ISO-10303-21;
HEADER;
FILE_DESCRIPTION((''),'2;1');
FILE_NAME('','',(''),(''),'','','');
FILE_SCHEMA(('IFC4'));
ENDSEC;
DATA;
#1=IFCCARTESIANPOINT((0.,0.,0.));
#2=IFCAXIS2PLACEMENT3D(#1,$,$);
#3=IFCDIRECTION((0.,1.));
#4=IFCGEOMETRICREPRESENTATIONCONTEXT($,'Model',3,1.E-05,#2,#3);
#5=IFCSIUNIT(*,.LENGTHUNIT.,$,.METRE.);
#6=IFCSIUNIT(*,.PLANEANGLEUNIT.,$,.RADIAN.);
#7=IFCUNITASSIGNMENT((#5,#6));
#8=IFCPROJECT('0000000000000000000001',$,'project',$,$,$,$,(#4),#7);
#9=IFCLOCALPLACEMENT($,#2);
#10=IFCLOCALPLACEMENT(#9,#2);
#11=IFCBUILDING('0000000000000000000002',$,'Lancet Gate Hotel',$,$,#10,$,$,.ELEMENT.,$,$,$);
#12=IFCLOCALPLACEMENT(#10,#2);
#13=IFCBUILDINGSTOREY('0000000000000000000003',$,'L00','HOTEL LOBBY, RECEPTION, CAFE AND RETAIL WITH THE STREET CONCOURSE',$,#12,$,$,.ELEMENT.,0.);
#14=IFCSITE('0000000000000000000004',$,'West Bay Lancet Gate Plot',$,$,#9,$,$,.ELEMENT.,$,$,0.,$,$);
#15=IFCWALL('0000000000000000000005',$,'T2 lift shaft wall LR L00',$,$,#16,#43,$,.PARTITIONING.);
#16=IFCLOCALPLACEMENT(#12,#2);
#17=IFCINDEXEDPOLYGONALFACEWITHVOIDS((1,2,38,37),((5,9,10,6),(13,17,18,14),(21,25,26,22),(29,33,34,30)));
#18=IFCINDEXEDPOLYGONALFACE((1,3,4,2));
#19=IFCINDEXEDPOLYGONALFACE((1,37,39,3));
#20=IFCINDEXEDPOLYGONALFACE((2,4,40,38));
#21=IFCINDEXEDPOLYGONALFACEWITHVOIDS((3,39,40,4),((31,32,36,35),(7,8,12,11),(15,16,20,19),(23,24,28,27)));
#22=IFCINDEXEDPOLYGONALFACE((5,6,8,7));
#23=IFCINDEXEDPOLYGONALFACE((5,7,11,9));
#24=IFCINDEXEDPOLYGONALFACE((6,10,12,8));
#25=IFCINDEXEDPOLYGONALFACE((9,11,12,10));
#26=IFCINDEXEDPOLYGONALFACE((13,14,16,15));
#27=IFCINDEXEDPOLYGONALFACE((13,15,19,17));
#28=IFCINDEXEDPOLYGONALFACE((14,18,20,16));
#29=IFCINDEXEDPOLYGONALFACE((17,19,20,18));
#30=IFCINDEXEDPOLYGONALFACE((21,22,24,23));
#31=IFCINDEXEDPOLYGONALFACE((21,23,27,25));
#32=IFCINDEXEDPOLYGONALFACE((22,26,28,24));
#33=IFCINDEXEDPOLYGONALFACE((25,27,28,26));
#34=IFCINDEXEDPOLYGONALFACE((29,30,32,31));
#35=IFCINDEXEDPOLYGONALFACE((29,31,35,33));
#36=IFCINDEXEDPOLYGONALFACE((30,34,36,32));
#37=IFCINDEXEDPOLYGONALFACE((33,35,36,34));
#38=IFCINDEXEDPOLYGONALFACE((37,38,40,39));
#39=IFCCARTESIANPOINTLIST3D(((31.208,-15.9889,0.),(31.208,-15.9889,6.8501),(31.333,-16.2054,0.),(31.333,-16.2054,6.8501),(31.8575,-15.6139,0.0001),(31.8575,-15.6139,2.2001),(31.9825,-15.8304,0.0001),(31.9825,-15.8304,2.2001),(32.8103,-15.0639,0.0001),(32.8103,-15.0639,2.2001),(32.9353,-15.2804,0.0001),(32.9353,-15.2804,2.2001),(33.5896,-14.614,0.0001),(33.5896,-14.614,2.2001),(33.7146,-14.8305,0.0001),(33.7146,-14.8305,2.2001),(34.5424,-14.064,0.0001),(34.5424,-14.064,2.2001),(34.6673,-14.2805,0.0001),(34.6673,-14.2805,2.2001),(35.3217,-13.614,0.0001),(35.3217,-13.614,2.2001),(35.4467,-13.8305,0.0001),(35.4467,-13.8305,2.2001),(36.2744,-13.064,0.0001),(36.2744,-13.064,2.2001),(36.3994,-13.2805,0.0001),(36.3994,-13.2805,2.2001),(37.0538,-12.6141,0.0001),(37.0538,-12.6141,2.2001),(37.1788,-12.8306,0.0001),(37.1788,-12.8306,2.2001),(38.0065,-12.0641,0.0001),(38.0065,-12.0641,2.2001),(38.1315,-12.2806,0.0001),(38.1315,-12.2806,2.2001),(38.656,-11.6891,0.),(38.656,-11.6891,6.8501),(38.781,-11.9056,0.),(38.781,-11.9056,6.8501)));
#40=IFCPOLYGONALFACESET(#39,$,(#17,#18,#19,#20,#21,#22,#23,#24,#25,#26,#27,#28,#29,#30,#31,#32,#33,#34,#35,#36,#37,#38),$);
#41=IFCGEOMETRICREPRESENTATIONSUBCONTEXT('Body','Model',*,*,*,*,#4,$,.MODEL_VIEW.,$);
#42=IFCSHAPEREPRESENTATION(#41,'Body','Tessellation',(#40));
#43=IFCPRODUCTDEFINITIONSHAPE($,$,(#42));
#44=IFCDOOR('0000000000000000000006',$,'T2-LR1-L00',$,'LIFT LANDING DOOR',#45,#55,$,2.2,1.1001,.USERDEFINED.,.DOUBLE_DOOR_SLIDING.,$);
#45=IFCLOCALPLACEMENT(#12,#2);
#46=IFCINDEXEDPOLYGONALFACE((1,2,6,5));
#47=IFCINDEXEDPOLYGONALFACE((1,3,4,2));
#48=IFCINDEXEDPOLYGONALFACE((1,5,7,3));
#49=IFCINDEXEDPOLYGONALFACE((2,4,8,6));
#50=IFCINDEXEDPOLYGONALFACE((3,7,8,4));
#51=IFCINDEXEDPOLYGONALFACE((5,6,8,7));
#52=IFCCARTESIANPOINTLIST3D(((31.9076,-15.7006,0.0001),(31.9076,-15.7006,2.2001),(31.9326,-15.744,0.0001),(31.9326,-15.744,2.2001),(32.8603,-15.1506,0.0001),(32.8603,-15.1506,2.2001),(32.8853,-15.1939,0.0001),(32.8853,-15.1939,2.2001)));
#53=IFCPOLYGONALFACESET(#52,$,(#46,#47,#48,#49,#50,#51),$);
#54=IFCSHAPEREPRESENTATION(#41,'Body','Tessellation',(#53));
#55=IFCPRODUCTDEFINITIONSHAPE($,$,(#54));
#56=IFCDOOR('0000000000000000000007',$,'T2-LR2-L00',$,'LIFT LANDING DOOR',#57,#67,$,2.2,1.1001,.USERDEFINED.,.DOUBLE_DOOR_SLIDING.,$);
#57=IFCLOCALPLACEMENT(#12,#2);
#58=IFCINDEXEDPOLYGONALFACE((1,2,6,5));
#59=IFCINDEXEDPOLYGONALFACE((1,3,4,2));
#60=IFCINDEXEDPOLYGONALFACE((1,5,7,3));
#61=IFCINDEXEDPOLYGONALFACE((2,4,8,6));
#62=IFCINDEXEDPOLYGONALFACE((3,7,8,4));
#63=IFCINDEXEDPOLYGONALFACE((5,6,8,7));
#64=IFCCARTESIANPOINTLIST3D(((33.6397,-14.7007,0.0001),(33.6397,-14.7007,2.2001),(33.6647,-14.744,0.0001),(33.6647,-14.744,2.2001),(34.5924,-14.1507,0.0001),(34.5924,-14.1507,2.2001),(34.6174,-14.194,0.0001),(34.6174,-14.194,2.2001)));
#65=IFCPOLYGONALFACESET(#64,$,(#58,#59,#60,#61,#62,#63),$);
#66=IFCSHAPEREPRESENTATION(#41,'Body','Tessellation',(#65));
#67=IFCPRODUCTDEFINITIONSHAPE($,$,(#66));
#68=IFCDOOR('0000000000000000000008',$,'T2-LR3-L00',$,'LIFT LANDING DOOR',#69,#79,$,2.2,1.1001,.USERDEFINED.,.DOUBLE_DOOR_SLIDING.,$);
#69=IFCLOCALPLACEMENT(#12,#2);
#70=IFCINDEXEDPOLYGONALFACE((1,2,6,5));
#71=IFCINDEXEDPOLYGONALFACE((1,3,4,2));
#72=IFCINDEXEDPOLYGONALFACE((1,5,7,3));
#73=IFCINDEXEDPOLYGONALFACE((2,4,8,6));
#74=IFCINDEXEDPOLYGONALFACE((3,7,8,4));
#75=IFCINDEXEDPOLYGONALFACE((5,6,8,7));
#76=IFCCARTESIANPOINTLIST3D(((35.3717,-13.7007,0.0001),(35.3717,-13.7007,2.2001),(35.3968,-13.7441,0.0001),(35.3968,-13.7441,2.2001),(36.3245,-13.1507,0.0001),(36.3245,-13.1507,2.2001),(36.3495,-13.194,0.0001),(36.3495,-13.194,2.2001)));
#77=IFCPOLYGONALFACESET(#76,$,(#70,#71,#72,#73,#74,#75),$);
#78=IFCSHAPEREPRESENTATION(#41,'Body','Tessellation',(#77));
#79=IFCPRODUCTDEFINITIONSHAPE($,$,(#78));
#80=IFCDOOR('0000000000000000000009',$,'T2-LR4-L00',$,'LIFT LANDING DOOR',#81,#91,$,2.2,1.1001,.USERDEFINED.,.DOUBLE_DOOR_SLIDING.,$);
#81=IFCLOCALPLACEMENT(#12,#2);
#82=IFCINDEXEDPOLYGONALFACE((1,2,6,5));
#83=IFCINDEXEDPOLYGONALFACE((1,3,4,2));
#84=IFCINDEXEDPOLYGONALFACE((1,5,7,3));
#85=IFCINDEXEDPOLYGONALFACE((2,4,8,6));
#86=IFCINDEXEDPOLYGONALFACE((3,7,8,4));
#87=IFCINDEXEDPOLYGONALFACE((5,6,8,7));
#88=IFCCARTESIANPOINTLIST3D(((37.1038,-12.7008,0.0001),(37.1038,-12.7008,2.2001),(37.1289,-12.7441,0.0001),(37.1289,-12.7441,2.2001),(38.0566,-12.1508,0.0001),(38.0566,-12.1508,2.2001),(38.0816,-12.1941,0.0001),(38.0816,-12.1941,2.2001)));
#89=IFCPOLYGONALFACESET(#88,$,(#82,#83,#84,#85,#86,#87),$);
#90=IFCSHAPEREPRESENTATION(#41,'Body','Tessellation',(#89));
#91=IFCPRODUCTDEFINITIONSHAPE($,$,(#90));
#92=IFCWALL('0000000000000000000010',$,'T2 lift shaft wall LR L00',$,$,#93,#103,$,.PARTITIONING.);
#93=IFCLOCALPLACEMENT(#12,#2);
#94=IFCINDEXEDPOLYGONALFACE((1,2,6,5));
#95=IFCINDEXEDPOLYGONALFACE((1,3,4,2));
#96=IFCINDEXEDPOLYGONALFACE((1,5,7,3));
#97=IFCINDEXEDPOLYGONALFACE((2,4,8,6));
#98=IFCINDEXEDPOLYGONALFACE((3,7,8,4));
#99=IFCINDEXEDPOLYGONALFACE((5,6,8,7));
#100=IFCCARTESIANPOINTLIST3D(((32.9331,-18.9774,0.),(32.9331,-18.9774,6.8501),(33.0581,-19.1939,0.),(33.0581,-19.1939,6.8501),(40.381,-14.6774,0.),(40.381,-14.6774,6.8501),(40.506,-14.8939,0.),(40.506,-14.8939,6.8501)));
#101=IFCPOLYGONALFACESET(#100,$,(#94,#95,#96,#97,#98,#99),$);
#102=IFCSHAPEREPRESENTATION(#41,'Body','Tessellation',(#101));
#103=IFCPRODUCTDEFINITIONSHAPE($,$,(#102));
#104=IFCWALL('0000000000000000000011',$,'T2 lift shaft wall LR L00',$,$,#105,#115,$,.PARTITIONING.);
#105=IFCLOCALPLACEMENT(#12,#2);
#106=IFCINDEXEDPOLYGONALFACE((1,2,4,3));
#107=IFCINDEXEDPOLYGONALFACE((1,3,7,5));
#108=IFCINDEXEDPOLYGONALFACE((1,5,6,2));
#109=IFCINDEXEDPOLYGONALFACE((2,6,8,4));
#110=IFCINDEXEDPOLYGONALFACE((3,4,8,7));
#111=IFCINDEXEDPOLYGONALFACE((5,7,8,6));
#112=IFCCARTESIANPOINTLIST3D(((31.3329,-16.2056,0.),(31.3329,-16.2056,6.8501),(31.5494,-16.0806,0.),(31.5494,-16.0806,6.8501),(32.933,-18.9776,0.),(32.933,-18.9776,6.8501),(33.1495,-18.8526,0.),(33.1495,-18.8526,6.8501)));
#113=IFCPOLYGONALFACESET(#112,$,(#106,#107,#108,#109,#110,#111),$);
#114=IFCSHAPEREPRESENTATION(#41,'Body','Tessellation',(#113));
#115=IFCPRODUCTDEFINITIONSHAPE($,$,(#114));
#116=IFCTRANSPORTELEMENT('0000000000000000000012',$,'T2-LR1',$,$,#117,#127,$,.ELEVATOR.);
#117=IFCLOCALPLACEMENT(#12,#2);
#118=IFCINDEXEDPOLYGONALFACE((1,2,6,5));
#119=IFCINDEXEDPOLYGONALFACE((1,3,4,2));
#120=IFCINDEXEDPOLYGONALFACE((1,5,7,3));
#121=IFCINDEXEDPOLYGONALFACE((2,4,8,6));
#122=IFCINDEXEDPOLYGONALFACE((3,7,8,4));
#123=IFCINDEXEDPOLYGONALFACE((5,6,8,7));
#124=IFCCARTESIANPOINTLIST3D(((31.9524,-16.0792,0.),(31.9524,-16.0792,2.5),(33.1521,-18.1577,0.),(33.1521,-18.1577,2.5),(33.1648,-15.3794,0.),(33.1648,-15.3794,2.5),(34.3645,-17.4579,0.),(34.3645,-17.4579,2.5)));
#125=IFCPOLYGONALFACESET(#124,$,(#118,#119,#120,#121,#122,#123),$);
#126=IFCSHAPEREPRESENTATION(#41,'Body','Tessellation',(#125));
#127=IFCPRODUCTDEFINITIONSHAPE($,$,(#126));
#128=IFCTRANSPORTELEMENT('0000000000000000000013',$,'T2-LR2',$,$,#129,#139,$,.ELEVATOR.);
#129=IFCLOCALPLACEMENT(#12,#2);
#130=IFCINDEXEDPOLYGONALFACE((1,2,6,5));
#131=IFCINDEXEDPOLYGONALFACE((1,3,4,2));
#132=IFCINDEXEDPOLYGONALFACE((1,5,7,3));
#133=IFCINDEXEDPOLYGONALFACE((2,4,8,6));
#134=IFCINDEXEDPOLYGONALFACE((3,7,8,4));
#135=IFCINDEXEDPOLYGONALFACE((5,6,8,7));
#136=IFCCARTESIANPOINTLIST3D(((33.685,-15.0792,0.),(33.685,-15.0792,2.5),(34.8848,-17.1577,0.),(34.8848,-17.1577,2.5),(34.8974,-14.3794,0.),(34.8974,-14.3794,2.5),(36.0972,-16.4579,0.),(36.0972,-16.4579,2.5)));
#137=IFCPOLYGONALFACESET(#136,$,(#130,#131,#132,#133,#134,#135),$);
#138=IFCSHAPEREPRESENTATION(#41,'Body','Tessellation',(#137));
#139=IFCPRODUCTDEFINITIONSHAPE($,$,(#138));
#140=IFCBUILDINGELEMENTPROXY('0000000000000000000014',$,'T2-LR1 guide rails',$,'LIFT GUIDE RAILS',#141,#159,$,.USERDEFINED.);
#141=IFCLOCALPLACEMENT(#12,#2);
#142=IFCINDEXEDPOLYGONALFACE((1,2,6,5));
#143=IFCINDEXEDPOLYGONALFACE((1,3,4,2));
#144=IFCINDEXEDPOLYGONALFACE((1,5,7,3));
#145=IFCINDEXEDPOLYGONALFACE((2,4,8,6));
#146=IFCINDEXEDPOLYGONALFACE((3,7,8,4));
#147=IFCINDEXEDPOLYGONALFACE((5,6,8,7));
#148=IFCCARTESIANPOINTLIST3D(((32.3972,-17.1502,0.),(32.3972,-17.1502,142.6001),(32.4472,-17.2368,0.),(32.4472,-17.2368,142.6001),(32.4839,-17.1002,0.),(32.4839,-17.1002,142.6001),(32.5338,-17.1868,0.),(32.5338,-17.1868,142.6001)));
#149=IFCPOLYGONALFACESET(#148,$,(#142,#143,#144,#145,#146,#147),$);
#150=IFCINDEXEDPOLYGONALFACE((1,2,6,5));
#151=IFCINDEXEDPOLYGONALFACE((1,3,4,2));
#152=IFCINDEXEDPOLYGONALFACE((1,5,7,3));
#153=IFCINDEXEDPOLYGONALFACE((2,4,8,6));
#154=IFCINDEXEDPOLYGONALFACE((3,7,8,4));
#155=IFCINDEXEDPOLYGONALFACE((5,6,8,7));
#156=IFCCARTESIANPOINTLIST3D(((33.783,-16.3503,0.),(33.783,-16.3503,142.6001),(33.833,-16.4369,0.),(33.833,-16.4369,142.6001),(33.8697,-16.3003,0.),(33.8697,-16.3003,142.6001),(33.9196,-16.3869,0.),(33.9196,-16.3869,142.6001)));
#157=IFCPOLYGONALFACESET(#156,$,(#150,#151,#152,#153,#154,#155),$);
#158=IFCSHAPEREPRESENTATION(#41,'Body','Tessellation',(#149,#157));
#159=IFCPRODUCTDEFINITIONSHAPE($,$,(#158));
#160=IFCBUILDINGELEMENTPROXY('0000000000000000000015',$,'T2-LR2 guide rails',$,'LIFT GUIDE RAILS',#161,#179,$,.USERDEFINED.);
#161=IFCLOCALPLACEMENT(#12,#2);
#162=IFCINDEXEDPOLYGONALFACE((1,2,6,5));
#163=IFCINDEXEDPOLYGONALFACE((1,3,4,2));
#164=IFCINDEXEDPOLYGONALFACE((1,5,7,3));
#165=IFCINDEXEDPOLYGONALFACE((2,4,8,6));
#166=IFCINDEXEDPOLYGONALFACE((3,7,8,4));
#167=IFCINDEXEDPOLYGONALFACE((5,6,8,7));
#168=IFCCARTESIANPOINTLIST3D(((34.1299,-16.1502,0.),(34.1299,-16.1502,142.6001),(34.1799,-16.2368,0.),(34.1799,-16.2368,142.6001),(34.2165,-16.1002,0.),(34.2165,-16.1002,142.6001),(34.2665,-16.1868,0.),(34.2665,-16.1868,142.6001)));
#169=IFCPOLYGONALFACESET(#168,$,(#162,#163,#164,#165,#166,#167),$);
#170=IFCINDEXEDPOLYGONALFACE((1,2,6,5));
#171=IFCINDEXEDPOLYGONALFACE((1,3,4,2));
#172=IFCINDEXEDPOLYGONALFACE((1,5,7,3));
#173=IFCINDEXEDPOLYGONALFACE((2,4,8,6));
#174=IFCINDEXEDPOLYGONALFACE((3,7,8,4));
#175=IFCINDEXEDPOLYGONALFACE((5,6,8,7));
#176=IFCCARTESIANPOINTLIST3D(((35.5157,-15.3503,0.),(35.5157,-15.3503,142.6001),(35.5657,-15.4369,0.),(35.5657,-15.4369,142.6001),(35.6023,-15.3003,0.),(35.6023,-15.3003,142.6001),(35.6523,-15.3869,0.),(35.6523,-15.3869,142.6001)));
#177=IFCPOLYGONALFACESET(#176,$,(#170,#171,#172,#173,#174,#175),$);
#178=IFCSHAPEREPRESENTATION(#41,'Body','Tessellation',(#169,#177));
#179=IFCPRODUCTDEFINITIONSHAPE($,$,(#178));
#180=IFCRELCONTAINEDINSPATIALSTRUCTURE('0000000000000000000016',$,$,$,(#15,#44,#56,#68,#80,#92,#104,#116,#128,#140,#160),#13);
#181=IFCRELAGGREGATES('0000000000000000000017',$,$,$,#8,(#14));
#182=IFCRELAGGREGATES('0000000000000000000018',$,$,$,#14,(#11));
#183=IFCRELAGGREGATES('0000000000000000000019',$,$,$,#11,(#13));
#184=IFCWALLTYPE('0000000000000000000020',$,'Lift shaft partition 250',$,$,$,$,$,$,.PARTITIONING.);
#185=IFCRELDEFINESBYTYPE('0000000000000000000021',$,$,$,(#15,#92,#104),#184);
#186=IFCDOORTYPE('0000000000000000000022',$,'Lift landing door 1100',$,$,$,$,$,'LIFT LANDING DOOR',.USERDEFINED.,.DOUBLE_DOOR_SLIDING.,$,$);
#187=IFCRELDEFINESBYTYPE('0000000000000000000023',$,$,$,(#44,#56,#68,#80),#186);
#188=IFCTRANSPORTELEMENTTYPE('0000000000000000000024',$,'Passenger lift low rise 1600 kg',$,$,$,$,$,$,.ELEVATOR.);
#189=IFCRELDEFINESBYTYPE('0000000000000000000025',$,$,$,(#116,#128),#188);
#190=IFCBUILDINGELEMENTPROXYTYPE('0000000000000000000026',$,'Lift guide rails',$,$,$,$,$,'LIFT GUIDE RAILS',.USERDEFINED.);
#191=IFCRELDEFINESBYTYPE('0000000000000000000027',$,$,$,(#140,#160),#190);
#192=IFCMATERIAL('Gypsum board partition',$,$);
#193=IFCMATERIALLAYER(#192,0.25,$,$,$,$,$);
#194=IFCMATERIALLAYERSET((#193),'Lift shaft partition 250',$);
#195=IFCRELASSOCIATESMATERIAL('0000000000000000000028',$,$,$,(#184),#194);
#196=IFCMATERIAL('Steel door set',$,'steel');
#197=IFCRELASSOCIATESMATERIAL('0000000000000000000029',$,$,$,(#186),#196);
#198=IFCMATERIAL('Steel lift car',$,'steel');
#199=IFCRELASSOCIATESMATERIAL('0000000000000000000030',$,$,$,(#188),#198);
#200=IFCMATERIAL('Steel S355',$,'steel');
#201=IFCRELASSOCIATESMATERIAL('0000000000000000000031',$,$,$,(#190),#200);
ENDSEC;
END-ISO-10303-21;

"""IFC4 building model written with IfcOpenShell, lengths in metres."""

from ifc_helpers import new_model, si_unit, direction, frame, frame_2d, origin, origin_2d, place, context, subcontext, project, spatial, rectangle, extrude, material, layer, layer_set, type_object, element, fill, save


model = new_model("IFC4")

# Units and contexts
model_context = context("Model", 3, precision=1e-05, world=origin(), true_north=direction((0.0, 1.0)))
body_context = subcontext(model_context, "Body", "Model", "MODEL_VIEW")
ifc_project = project(units=[si_unit("LENGTHUNIT", "METRE"), si_unit("PLANEANGLEUNIT", "RADIAN")], contexts=[model_context])

# Site, building, storey
site_placement = place(None, origin())
site = spatial("IfcSite", under=ifc_project, at=site_placement, Name="West Bay Lancet Gate Plot", CompositionType="ELEMENT", RefElevation=0.0)
building_placement = place(site_placement, origin())
building = spatial("IfcBuilding", under=site, at=building_placement, Name="Lancet Gate Hotel", CompositionType="ELEMENT")
storey_placement = place(building_placement, origin())
storey = spatial("IfcBuildingStorey", under=building, at=storey_placement, Name="L00", Description="HOTEL LOBBY, RECEPTION, CAFE AND RETAIL WITH THE STREET CONCOURSE", CompositionType="ELEMENT", Elevation=0.0)

# Wall, openings, doors
ifc_material_1 = material(Name="Gypsum board partition")
ifc_layer_1 = layer(ifc_material_1, 0.25)
ifc_layer_set_1 = layer_set([ifc_layer_1], Name="Lift shaft partition 250")
wall_type = type_object("IfcWallType", Name="Lift shaft partition 250", PredefinedType="PARTITIONING", material=ifc_layer_set_1)
wall_1_placement = place(storey_placement, frame((31.2705, -16.0972, 0.0), z_axis=(0.0, 0.0, 1.0), x_axis=(0.86604, 0.499974, 0.0)))
wall_1 = element("IfcWall", 1, at=wall_1_placement, inside=storey, type_object=wall_type, Name="T2 lift shaft wall LR L00", PredefinedType="PARTITIONING", context=body_context, shape_type="SweptSolid", body=[
    extrude(rectangle(XDim=8.6001, YDim=0.25, at=frame_2d((4.3, 0.0))), origin(), (0.0, 0.0, 1.0), 6.8501),
])
opening_1_placement = place(wall_1_placement, frame((0.75, 0.0, 0.0)))
opening_1 = element("IfcOpeningElement", 2, at=opening_1_placement, cuts=wall_1, PredefinedType="OPENING", context=body_context, shape_type="SweptSolid", body=[
    extrude(rectangle(XDim=1.1001, YDim=2.2, at=frame_2d((0.55, 1.1001))), frame((0.0, 0.135, 0.0), z_axis=(0.0, -1.0, 0.0), x_axis=(1.0, 0.0, 0.0)), (0.0, 0.0, 1.0), 0.27),
])
opening_2_placement = place(wall_1_placement, frame((2.75, 0.0, 0.0)))
opening_2 = element("IfcOpeningElement", 3, at=opening_2_placement, cuts=wall_1, PredefinedType="OPENING", context=body_context, shape_type="SweptSolid", body=[
    extrude(rectangle(XDim=1.1001, YDim=2.2, at=frame_2d((0.55, 1.1001))), frame((0.0, 0.135, 0.0), z_axis=(0.0, -1.0, 0.0), x_axis=(1.0, 0.0, 0.0)), (0.0, 0.0, 1.0), 0.27),
])
opening_3_placement = place(wall_1_placement, frame((4.75, 0.0, 0.0)))
opening_3 = element("IfcOpeningElement", 4, at=opening_3_placement, cuts=wall_1, PredefinedType="OPENING", context=body_context, shape_type="SweptSolid", body=[
    extrude(rectangle(XDim=1.1001, YDim=2.2, at=frame_2d((0.55, 1.1001))), frame((0.0, 0.135, 0.0), z_axis=(0.0, -1.0, 0.0), x_axis=(1.0, 0.0, 0.0)), (0.0, 0.0, 1.0), 0.27),
])
opening_4_placement = place(wall_1_placement, frame((6.75, 0.0, 0.0)))
opening_4 = element("IfcOpeningElement", 5, at=opening_4_placement, cuts=wall_1, PredefinedType="OPENING", context=body_context, shape_type="SweptSolid", body=[
    extrude(rectangle(XDim=1.1001, YDim=2.2, at=frame_2d((0.55, 1.1001))), frame((0.0, 0.135, 0.0), z_axis=(0.0, -1.0, 0.0), x_axis=(1.0, 0.0, 0.0)), (0.0, 0.0, 1.0), 0.27),
])
ifc_material_2 = material(Name="Steel door set", Category="steel")
door_type = type_object("IfcDoorType", Name="Lift landing door 1100", ElementType="LIFT LANDING DOOR", OperationType="DOUBLE_DOOR_SLIDING", PredefinedType="USERDEFINED", material=ifc_material_2)
door_1_placement = place(opening_1_placement, origin())
door_1 = element("IfcDoor", 6, at=door_1_placement, inside=storey, type_object=door_type, Name="T2-LR1-L00", ObjectType="LIFT LANDING DOOR", OperationType="DOUBLE_DOOR_SLIDING", OverallHeight=2.2, OverallWidth=1.1001, PredefinedType="USERDEFINED", context=body_context, shape_type="SweptSolid", body=[
    extrude(rectangle(XDim=1.1001, YDim=2.2, at=frame_2d((0.55, 1.1001))), frame((0.0, 0.0249, 0.0), z_axis=(0.0, -1.0, 0.0), x_axis=(1.0, 0.0, 0.0)), (0.0, 0.0, 1.0), 0.05),
])
fill(opening_1, door_1)
door_2_placement = place(opening_2_placement, origin())
door_2 = element("IfcDoor", 7, at=door_2_placement, inside=storey, type_object=door_type, Name="T2-LR2-L00", ObjectType="LIFT LANDING DOOR", OperationType="DOUBLE_DOOR_SLIDING", OverallHeight=2.2, OverallWidth=1.1001, PredefinedType="USERDEFINED", context=body_context, shape_type="SweptSolid", body=[
    extrude(rectangle(XDim=1.1001, YDim=2.2, at=frame_2d((0.55, 1.1001))), frame((0.0, 0.0249, 0.0), z_axis=(0.0, -1.0, 0.0), x_axis=(1.0, 0.0, 0.0)), (0.0, 0.0, 1.0), 0.05),
])
fill(opening_2, door_2)
door_3_placement = place(opening_3_placement, origin())
door_3 = element("IfcDoor", 8, at=door_3_placement, inside=storey, type_object=door_type, Name="T2-LR3-L00", ObjectType="LIFT LANDING DOOR", OperationType="DOUBLE_DOOR_SLIDING", OverallHeight=2.2, OverallWidth=1.1001, PredefinedType="USERDEFINED", context=body_context, shape_type="SweptSolid", body=[
    extrude(rectangle(XDim=1.1001, YDim=2.2, at=frame_2d((0.55, 1.1001))), frame((0.0, 0.0249, 0.0), z_axis=(0.0, -1.0, 0.0), x_axis=(1.0, 0.0, 0.0)), (0.0, 0.0, 1.0), 0.05),
])
fill(opening_3, door_3)
door_4_placement = place(opening_4_placement, origin())
door_4 = element("IfcDoor", 9, at=door_4_placement, inside=storey, type_object=door_type, Name="T2-LR4-L00", ObjectType="LIFT LANDING DOOR", OperationType="DOUBLE_DOOR_SLIDING", OverallHeight=2.2, OverallWidth=1.1001, PredefinedType="USERDEFINED", context=body_context, shape_type="SweptSolid", body=[
    extrude(rectangle(XDim=1.1001, YDim=2.2, at=frame_2d((0.55, 1.1001))), frame((0.0, 0.0249, 0.0), z_axis=(0.0, -1.0, 0.0), x_axis=(1.0, 0.0, 0.0)), (0.0, 0.0, 1.0), 0.05),
])
fill(opening_4, door_4)

# Walls
wall_2_placement = place(storey_placement, frame((32.9956, -19.0857, 0.0), z_axis=(0.0, 0.0, 1.0), x_axis=(0.866028, 0.499995, 0.0)))
element("IfcWall", 10, at=wall_2_placement, inside=storey, type_object=wall_type, Name="T2 lift shaft wall LR L00", PredefinedType="PARTITIONING", context=body_context, shape_type="SweptSolid", body=[
    extrude(rectangle(XDim=8.6001, YDim=0.25, at=frame_2d((4.3, 0.0))), origin(), (0.0, 0.0, 1.0), 6.8501),
])
wall_3_placement = place(storey_placement, frame((31.4412, -16.1431, 0.0), z_axis=(0.0, 0.0, 1.0), x_axis=(0.499929, -0.866066, 0.0)))
element("IfcWall", 11, at=wall_3_placement, inside=storey, type_object=wall_type, Name="T2 lift shaft wall LR L00", PredefinedType="PARTITIONING", context=body_context, shape_type="SweptSolid", body=[
    extrude(rectangle(XDim=3.2007, YDim=0.25, at=frame_2d((1.6003, 0.0))), origin(), (0.0, 0.0, 1.0), 6.8501),
])

# Transport elements
ifc_material_3 = material(Name="Steel lift car", Category="steel")
transport_element_type = type_object("IfcTransportElementType", Name="Passenger lift low rise 1600 kg", PredefinedType="ELEVATOR", material=ifc_material_3)
for number, where, z_axis, x_axis, name in (
    (12, (33.1584, -16.7686, 0.0), (0.0, 0.0, 1.0), (0.499917, -0.866073, 0.0), "T2-LR1"),
    (13, (34.8911, -15.7686, 0.0), (0.0, 0.0, 1.0), (0.499917, -0.866073, 0.0), "T2-LR2"),
):
    element("IfcTransportElement", number, at=place(storey_placement, frame(where, z_axis=z_axis, x_axis=x_axis)), inside=storey, type_object=transport_element_type, Name=name, PredefinedType="ELEVATOR", context=body_context, shape_type="SweptSolid", body=[
        extrude(rectangle(XDim=2.3999, YDim=1.3999, at=origin_2d()), origin(), (0.0, 0.0, 1.0), 2.5),
    ])

# Building element proxies
ifc_material_4 = material(Name="Steel S355", Category="steel")
building_element_proxy_type = type_object("IfcBuildingElementProxyType", Name="Lift guide rails", ElementType="LIFT GUIDE RAILS", PredefinedType="USERDEFINED", material=ifc_material_4)
for number, where, z_axis, x_axis, name in (
    (14, (33.1584, -16.7686, 0.0), (0.0, 0.0, 1.0), (0.499917, -0.866073, 0.0), "T2-LR1 guide rails"),
    (15, (34.8911, -15.7686, 0.0), (0.0, 0.0, 1.0), (0.499917, -0.866073, 0.0), "T2-LR2 guide rails"),
):
    element("IfcBuildingElementProxy", number, at=place(storey_placement, frame(where, z_axis=z_axis, x_axis=x_axis)), inside=storey, type_object=building_element_proxy_type, Name=name, ObjectType="LIFT GUIDE RAILS", PredefinedType="USERDEFINED", context=body_context, shape_type="SweptSolid", body=[
        extrude(rectangle(XDim=0.1, YDim=0.1, at=origin_2d()), frame((0.0, -0.8, 0.0)), (0.0, 0.0, 1.0), 142.6001),
        extrude(rectangle(XDim=0.1, YDim=0.1, at=origin_2d()), frame((0.0, 0.8, 0.0)), (0.0, 0.0, 1.0), 142.6001),
    ])

save(model, "model.ifc")
